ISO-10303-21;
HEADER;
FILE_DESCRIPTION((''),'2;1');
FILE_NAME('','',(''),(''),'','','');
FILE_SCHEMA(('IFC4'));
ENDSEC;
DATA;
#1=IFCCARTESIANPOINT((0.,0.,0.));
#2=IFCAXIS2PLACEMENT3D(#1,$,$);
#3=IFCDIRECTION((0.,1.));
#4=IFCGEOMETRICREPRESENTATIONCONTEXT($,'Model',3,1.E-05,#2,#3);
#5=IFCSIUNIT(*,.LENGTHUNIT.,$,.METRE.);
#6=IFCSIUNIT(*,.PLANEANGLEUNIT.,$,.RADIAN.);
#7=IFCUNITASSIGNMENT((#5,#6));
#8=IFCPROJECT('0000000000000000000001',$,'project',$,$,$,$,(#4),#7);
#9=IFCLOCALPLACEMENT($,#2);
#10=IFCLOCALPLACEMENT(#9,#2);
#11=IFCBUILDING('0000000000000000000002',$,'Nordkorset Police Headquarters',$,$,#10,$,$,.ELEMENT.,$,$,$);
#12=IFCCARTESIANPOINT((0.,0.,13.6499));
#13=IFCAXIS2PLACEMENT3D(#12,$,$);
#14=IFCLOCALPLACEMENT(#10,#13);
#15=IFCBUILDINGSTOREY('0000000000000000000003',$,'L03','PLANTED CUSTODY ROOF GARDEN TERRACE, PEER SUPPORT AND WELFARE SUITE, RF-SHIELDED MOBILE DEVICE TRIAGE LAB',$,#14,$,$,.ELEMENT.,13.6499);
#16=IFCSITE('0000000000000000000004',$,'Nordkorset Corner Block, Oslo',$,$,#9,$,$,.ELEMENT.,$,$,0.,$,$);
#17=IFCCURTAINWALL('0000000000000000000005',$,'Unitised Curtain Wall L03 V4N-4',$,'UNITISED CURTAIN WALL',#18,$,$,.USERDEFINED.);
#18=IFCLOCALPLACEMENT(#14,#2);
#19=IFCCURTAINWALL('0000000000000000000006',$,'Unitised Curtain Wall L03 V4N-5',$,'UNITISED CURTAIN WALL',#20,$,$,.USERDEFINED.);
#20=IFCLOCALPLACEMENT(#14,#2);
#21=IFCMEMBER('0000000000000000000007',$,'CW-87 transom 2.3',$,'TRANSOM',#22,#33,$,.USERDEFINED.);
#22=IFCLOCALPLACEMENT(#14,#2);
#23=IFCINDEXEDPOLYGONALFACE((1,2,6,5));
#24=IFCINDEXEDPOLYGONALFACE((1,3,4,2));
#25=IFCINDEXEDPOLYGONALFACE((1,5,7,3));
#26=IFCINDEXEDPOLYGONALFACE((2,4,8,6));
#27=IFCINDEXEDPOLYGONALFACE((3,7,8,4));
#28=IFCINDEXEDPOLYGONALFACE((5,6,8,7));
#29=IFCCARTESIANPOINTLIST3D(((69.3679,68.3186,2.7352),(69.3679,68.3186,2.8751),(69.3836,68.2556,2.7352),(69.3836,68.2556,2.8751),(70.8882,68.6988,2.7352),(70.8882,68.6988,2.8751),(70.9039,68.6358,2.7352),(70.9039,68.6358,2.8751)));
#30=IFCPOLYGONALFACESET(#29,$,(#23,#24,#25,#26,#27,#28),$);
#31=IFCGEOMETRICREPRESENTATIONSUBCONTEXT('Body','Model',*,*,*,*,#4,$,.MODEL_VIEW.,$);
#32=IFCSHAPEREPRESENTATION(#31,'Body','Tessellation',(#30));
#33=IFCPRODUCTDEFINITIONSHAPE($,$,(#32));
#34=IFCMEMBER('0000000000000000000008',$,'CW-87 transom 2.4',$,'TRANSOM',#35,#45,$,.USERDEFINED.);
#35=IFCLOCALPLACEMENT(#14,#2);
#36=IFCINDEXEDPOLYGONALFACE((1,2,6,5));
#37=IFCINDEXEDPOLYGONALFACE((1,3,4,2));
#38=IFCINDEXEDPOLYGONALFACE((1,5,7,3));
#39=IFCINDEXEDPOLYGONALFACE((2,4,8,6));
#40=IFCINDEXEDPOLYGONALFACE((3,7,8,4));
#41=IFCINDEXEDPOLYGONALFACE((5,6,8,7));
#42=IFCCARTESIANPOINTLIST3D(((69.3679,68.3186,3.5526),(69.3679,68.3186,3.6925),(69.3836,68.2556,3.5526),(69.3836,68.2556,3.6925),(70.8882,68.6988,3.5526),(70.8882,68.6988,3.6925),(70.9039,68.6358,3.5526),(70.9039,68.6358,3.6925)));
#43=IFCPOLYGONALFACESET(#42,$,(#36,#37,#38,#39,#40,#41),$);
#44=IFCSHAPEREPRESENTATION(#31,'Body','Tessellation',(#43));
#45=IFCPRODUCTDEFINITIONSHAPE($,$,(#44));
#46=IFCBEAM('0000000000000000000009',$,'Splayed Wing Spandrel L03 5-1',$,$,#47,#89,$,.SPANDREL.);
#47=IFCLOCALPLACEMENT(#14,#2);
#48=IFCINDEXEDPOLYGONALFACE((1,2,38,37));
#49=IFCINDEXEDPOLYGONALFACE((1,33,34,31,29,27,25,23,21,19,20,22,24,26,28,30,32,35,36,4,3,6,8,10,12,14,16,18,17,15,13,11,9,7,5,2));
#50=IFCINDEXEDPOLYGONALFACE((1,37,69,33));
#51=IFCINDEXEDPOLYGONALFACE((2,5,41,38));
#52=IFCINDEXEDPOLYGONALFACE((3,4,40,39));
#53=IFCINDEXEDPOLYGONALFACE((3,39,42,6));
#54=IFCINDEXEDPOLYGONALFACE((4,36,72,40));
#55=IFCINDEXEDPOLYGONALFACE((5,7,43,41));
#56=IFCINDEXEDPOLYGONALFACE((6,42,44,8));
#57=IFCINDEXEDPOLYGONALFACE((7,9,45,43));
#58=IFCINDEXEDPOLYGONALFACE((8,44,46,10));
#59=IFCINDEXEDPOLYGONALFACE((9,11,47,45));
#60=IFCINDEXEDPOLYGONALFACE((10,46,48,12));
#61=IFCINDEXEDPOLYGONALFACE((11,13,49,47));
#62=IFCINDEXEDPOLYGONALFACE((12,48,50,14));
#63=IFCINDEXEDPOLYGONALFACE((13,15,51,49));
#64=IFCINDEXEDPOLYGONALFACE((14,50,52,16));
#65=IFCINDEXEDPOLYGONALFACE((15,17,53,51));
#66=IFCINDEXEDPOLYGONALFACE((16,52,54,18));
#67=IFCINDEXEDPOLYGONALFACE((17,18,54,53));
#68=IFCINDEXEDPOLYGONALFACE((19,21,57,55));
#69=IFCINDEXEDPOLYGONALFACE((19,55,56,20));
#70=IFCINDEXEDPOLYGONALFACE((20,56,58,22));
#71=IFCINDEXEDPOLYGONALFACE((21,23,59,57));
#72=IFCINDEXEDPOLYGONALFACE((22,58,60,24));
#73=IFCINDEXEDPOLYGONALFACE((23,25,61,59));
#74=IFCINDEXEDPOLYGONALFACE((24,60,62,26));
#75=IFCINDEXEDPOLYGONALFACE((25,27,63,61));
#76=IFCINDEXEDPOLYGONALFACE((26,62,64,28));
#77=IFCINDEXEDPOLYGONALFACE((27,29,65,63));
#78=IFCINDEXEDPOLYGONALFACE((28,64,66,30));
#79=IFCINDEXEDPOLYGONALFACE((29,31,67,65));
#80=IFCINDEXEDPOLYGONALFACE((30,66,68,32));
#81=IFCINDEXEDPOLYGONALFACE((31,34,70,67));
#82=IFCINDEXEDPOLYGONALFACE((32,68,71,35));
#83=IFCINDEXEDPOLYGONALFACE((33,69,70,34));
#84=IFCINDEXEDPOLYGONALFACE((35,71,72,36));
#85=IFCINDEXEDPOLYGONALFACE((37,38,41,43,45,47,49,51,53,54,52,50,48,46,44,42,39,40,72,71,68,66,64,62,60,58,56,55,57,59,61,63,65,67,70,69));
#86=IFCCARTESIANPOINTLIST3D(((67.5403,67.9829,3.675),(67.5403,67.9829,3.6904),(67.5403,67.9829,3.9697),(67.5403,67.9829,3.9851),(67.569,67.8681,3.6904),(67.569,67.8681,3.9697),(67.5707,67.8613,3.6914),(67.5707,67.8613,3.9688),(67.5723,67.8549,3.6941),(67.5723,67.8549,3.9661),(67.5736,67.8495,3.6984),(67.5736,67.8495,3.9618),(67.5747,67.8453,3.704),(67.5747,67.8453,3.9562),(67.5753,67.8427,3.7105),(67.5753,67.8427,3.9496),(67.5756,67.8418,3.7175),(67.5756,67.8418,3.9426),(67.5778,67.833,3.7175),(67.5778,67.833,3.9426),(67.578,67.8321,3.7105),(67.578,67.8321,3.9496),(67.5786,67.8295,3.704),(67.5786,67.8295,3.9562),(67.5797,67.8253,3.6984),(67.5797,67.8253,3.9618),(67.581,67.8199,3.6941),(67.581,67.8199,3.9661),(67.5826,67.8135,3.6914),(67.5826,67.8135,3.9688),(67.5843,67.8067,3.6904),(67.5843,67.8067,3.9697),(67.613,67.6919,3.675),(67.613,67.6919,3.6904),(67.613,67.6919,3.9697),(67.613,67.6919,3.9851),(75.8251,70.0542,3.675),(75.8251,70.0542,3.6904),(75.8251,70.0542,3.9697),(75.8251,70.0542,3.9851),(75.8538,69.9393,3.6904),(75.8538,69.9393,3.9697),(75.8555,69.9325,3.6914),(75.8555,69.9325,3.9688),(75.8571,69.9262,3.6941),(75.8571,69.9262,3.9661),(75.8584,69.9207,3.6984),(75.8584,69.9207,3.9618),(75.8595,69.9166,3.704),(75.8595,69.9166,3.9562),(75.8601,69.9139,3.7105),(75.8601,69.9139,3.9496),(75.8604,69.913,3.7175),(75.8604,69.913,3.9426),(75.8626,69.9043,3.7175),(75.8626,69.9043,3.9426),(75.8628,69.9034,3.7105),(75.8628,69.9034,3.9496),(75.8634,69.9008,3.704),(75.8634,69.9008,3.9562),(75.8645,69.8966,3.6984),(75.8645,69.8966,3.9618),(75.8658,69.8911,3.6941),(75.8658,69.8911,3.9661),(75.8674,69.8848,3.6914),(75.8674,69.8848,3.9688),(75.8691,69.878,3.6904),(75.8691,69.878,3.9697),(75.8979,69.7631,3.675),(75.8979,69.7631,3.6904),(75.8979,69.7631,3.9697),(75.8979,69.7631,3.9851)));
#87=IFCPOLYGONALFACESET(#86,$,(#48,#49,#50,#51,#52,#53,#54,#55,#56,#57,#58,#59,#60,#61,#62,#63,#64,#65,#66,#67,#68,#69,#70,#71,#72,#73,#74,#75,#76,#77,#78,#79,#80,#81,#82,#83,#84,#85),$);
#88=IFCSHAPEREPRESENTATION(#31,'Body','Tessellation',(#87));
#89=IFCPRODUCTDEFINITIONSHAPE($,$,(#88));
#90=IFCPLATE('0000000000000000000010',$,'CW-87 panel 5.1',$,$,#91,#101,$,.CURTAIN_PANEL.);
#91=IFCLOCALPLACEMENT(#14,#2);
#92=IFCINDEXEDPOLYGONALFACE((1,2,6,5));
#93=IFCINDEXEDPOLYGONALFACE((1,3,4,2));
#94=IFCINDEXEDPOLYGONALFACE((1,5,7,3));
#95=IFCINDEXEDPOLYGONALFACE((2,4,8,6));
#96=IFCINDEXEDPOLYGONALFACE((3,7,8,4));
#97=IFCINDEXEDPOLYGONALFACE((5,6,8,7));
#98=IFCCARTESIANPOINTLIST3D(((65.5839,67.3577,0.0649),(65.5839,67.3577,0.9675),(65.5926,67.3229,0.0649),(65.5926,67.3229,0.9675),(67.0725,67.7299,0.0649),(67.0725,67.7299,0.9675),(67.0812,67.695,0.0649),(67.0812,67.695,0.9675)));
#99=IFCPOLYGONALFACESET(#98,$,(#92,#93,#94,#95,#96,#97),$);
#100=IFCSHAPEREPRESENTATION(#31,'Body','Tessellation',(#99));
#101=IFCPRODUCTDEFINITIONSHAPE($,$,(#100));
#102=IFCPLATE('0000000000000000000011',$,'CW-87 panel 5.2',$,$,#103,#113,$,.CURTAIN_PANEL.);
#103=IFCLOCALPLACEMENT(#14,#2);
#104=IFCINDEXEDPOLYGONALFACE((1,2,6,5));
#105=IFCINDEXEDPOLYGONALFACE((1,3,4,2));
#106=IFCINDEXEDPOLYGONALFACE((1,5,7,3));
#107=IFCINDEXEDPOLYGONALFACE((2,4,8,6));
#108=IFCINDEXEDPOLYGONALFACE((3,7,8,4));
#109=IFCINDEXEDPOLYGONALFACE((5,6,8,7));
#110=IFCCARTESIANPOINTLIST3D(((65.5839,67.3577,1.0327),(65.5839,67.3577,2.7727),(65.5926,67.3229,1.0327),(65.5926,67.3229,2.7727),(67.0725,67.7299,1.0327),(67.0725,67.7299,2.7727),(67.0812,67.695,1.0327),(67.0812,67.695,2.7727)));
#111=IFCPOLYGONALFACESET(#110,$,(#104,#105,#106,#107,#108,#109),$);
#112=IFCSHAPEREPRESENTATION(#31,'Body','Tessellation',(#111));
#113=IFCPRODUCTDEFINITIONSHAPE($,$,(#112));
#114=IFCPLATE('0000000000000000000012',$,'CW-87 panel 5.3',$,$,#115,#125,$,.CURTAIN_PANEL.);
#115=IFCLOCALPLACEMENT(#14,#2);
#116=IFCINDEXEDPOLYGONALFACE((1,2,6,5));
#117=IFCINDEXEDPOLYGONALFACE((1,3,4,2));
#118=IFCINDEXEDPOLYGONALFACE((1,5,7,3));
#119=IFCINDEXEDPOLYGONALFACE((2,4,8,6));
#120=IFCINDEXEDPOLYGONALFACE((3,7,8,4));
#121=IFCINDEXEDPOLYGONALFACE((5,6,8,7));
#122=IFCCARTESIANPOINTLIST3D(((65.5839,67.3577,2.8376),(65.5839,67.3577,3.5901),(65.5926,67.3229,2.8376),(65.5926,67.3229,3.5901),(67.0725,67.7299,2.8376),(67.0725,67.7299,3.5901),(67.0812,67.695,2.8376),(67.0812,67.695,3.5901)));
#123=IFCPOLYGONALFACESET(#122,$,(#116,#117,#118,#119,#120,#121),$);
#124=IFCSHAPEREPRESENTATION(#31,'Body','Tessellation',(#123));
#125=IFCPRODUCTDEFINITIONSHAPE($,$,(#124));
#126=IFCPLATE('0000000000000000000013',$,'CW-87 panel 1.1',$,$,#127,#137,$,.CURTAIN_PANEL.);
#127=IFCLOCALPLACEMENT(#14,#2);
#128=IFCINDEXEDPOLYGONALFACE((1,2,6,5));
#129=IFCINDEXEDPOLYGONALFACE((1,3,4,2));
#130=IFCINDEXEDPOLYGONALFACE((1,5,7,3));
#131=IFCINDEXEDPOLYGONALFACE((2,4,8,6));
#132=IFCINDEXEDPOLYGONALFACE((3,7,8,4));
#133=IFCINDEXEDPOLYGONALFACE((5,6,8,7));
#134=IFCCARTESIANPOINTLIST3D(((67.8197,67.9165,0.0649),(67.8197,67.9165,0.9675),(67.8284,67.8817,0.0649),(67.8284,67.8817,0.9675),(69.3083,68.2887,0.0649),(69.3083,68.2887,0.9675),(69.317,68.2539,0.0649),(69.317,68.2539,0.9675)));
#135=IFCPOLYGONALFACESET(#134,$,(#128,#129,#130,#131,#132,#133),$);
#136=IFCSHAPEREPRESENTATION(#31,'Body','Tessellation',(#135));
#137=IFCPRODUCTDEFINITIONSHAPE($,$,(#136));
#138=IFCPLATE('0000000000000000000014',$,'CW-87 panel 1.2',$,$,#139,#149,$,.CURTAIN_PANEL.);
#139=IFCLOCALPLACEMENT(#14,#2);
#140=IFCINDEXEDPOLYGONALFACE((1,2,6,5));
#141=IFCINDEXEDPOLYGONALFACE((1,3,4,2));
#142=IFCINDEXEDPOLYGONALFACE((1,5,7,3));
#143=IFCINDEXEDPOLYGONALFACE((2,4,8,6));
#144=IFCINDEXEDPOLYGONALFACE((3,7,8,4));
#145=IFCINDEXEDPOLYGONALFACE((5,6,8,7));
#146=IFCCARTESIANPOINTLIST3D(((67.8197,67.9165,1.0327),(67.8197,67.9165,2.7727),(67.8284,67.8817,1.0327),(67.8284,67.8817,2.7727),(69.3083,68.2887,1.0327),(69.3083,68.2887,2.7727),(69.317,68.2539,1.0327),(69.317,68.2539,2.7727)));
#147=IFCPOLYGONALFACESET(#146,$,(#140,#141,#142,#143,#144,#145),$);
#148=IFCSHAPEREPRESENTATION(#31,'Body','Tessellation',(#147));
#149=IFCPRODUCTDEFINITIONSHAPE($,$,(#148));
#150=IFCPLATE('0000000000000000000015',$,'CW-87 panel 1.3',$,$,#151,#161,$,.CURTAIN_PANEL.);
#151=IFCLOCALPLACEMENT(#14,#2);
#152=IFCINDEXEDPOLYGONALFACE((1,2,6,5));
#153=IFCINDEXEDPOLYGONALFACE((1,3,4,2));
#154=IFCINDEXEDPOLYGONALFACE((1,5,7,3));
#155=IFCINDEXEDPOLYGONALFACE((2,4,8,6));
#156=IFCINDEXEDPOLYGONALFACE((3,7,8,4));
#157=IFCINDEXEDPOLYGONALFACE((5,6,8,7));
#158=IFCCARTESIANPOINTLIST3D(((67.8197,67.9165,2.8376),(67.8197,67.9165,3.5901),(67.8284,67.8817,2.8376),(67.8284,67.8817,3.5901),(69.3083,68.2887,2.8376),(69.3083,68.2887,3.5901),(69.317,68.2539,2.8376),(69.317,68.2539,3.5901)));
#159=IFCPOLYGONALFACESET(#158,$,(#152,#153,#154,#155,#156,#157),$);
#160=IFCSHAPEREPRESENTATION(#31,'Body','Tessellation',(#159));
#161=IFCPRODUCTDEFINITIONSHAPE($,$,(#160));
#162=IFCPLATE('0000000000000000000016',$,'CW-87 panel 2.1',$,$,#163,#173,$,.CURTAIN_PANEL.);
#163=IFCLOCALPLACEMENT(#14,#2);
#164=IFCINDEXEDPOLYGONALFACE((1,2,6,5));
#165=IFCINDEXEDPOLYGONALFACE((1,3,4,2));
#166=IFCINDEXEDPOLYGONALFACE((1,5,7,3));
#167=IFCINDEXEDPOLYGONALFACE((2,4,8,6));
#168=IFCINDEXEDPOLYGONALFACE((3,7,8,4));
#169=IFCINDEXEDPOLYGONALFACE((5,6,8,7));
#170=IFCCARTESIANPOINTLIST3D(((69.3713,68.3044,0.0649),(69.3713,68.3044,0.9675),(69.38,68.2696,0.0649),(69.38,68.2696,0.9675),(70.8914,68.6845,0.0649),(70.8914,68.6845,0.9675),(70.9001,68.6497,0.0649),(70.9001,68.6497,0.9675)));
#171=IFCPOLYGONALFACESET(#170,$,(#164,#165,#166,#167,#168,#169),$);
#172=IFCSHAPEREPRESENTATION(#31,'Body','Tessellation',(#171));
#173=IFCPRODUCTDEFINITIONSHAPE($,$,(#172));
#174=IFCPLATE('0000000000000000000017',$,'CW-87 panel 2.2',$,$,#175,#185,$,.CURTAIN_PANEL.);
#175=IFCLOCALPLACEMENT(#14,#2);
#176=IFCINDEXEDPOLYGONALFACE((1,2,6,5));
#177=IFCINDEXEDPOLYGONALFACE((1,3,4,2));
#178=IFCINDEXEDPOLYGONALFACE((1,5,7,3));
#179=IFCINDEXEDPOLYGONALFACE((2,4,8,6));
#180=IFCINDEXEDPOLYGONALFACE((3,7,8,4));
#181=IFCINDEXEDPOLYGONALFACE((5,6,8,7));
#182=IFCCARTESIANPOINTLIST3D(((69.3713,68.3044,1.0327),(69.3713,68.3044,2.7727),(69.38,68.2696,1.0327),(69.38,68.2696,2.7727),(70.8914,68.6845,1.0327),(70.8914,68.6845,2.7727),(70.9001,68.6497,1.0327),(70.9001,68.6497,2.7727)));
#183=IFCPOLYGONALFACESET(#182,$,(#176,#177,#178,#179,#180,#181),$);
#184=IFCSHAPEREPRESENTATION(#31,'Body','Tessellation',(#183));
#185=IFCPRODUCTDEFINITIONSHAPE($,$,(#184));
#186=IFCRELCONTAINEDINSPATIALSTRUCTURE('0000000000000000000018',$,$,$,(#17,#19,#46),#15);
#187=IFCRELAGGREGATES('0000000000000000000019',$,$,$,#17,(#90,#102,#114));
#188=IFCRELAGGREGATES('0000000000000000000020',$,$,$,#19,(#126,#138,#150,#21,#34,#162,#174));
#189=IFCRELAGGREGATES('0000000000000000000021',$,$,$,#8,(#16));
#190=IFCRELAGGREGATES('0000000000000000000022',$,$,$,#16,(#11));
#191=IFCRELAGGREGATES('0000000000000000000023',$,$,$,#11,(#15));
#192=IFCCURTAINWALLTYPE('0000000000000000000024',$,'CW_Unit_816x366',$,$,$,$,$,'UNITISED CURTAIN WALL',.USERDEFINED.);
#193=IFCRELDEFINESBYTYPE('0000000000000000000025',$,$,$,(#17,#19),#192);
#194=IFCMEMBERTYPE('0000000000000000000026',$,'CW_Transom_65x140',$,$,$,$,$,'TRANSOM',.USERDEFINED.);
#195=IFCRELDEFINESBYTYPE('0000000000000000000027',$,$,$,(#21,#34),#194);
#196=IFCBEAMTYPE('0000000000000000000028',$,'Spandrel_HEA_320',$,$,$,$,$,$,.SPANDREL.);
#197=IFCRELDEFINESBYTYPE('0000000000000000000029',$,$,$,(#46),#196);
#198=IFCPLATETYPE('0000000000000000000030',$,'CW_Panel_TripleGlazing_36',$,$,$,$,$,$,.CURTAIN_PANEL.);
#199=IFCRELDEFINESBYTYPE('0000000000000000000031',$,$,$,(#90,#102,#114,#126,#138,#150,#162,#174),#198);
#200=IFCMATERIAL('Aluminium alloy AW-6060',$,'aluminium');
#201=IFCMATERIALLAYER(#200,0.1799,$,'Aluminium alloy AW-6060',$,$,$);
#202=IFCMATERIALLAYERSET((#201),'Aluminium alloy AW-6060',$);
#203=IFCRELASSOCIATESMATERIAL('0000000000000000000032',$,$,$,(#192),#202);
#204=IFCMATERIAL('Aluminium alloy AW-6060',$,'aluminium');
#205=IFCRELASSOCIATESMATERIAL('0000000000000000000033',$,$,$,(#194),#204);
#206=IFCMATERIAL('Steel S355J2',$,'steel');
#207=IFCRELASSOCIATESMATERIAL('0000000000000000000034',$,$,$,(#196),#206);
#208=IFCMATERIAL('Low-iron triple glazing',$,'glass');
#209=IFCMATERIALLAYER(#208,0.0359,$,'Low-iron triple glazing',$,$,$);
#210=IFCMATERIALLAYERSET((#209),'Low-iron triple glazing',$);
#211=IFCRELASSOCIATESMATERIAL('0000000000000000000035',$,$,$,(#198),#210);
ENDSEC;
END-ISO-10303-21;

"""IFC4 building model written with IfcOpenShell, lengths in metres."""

from ifc_helpers import new_model, si_unit, direction, frame, origin, origin_2d, place, context, subcontext, project, spatial, rectangle, i_section, extrude, material, layer, layer_set, material_profile, profile_set, type_object, element, aggregate, save


model = new_model("IFC4")

# Units and contexts
model_context = context("Model", 3, precision=1e-05, world=origin(), true_north=direction((0.0, 1.0)))
body_context = subcontext(model_context, "Body", "Model", "MODEL_VIEW")
ifc_project = project(units=[si_unit("LENGTHUNIT", "METRE"), si_unit("PLANEANGLEUNIT", "RADIAN")], contexts=[model_context])

# Site, building, storey
site_placement = place(None, origin())
site = spatial("IfcSite", under=ifc_project, at=site_placement, Name="Nordkorset Corner Block, Oslo", CompositionType="ELEMENT", RefElevation=0.0)
building_placement = place(site_placement, origin())
building = spatial("IfcBuilding", under=site, at=building_placement, Name="Nordkorset Police Headquarters", CompositionType="ELEMENT")
storey_placement = place(building_placement, frame((0.0, 0.0, 13.6499)))
storey = spatial("IfcBuildingStorey", under=building, at=storey_placement, Name="L03", Description="PLANTED CUSTODY ROOF GARDEN TERRACE, PEER SUPPORT AND WELFARE SUITE, RF-SHIELDED MOBILE DEVICE TRIAGE LAB", CompositionType="ELEMENT", Elevation=13.6499)

# Curtain wall
ifc_material_1 = material(Name="Aluminium alloy AW-6060", Category="aluminium")
ifc_layer_1 = layer(ifc_material_1, 0.1799, Name="Aluminium alloy AW-6060")
ifc_layer_set_1 = layer_set([ifc_layer_1], Name="Aluminium alloy AW-6060")
curtain_wall_type = type_object("IfcCurtainWallType", Name="CW_Unit_816x366", ElementType="UNITISED CURTAIN WALL", PredefinedType="USERDEFINED", material=ifc_layer_set_1)
curtain_wall_1_placement = place(storey_placement, origin())
curtain_wall_1 = element("IfcCurtainWall", 1, at=curtain_wall_1_placement, inside=storey, type_object=curtain_wall_type, Name="Unitised Curtain Wall L03 V4N-4", ObjectType="UNITISED CURTAIN WALL", PredefinedType="USERDEFINED")

# Curtain wall
curtain_wall_2_placement = place(storey_placement, origin())
curtain_wall_2 = element("IfcCurtainWall", 2, at=curtain_wall_2_placement, inside=storey, type_object=curtain_wall_type, Name="Unitised Curtain Wall L03 V4N-5", ObjectType="UNITISED CURTAIN WALL", PredefinedType="USERDEFINED")

# Members
ifc_material_2 = material(Name="Aluminium alloy AW-6060", Category="aluminium")
ifc_material_profile_1 = material_profile(ifc_material_2, rectangle(XDim=0.0649, YDim=0.1399, at=origin_2d()), Name="ALU TRAN 65x140")
ifc_profile_set_1 = profile_set([ifc_material_profile_1], Name="Aluminium alloy AW-6060")
member_type_1 = type_object("IfcMemberType", Name="CW_Transom_65x140", ElementType="TRANSOM", PredefinedType="USERDEFINED", material=ifc_profile_set_1)
member_1_placement = place(storey_placement, frame((69.3757, 68.2871, 2.8052), z_axis=(0.970133, 0.242572, 0.0), x_axis=(-0.242572, 0.970133, 0.0)))
member_1 = element("IfcMember", 3, at=member_1_placement, type_object=member_type_1, Name="CW-87 transom 2.3", ObjectType="TRANSOM", PredefinedType="USERDEFINED", context=body_context, shape_type="SweptSolid", body=[
    extrude(rectangle(XDim=0.0649, YDim=0.1399, at=origin_2d()), origin(), (0.0, 0.0, 1.0), 1.5671),
])
member_2_placement = place(storey_placement, frame((69.3757, 68.2871, 3.6226), z_axis=(0.970133, 0.242572, 0.0), x_axis=(-0.242572, 0.970133, 0.0)))
member_2 = element("IfcMember", 4, at=member_2_placement, type_object=member_type_1, Name="CW-87 transom 2.4", ObjectType="TRANSOM", PredefinedType="USERDEFINED", context=body_context, shape_type="SweptSolid", body=[
    extrude(rectangle(XDim=0.0649, YDim=0.1399, at=origin_2d()), origin(), (0.0, 0.0, 1.0), 1.5671),
])

# Beam
ifc_material_3 = material(Name="Steel S355J2", Category="steel")
ifc_material_profile_2 = material_profile(ifc_material_3, i_section(OverallWidth=0.3, OverallDepth=0.3101, WebThickness=0.009, FlangeThickness=0.0154, FilletRadius=0.0271, at=origin_2d()), Name="HEA 320")
ifc_profile_set_2 = profile_set([ifc_material_profile_2], Name="Steel S355J2")
beam_type = type_object("IfcBeamType", Name="Spandrel_HEA_320", PredefinedType="SPANDREL", material=ifc_profile_set_2)
beam_placement = place(storey_placement, frame((67.5767, 67.8374, 3.8301), z_axis=(0.970141, 0.242542, 0.0), x_axis=(-0.242542, 0.970141, 0.0)))
element("IfcBeam", 5, at=beam_placement, inside=storey, type_object=beam_type, Name="Splayed Wing Spandrel L03 5-1", PredefinedType="SPANDREL", context=body_context, shape_type="SweptSolid", body=[
    extrude(i_section(OverallWidth=0.3, OverallDepth=0.3101, WebThickness=0.009, FlangeThickness=0.0154, FilletRadius=0.0271, at=origin_2d()), origin(), (0.0, 0.0, 1.0), 8.5398),
])

# Plates
ifc_material_4 = material(Name="Low-iron triple glazing", Category="glass")
ifc_layer_2 = layer(ifc_material_4, 0.0359, Name="Low-iron triple glazing")
ifc_layer_set_2 = layer_set([ifc_layer_2], Name="Low-iron triple glazing")
plate_type = type_object("IfcPlateType", Name="CW_Panel_TripleGlazing_36", PredefinedType="CURTAIN_PANEL", material=ifc_layer_set_2)
plate_1_placement = place(storey_placement, frame((66.3325, 67.5264, 0.0649), z_axis=(0.0, 0.0, 1.0), x_axis=(0.970143, 0.242535, 0.0)))
plate_1 = element("IfcPlate", 6, at=plate_1_placement, type_object=plate_type, Name="CW-87 panel 5.1", PredefinedType="CURTAIN_PANEL", context=body_context, shape_type="SweptSolid", body=[
    extrude(rectangle(XDim=1.5344, YDim=0.0359, at=origin_2d()), origin(), (0.0, 0.0, 1.0), 0.9026),
])
plate_2_placement = place(storey_placement, frame((66.3325, 67.5264, 1.0327), z_axis=(0.0, 0.0, 1.0), x_axis=(0.970143, 0.242535, 0.0)))
plate_2 = element("IfcPlate", 7, at=plate_2_placement, type_object=plate_type, Name="CW-87 panel 5.2", PredefinedType="CURTAIN_PANEL", context=body_context, shape_type="SweptSolid", body=[
    extrude(rectangle(XDim=1.5344, YDim=0.0359, at=origin_2d()), origin(), (0.0, 0.0, 1.0), 1.74),
])
plate_3_placement = place(storey_placement, frame((66.3325, 67.5264, 2.8376), z_axis=(0.0, 0.0, 1.0), x_axis=(0.970143, 0.242535, 0.0)))
plate_3 = element("IfcPlate", 8, at=plate_3_placement, type_object=plate_type, Name="CW-87 panel 5.3", PredefinedType="CURTAIN_PANEL", context=body_context, shape_type="SweptSolid", body=[
    extrude(rectangle(XDim=1.5344, YDim=0.0359, at=origin_2d()), origin(), (0.0, 0.0, 1.0), 0.7524),
])
aggregate(curtain_wall_1, [plate_1, plate_2, plate_3])
plate_4_placement = place(storey_placement, frame((68.5684, 68.0852, 0.0649), z_axis=(0.0, 0.0, 1.0), x_axis=(0.970143, 0.242536, 0.0)))
plate_4 = element("IfcPlate", 9, at=plate_4_placement, type_object=plate_type, Name="CW-87 panel 1.1", PredefinedType="CURTAIN_PANEL", context=body_context, shape_type="SweptSolid", body=[
    extrude(rectangle(XDim=1.5344, YDim=0.0359, at=origin_2d()), origin(), (0.0, 0.0, 1.0), 0.9026),
])
plate_5_placement = place(storey_placement, frame((68.5684, 68.0852, 1.0327), z_axis=(0.0, 0.0, 1.0), x_axis=(0.970143, 0.242536, 0.0)))
plate_5 = element("IfcPlate", 10, at=plate_5_placement, type_object=plate_type, Name="CW-87 panel 1.2", PredefinedType="CURTAIN_PANEL", context=body_context, shape_type="SweptSolid", body=[
    extrude(rectangle(XDim=1.5344, YDim=0.0359, at=origin_2d()), origin(), (0.0, 0.0, 1.0), 1.74),
])
plate_6_placement = place(storey_placement, frame((68.5684, 68.0852, 2.8376), z_axis=(0.0, 0.0, 1.0), x_axis=(0.970143, 0.242536, 0.0)))
plate_6 = element("IfcPlate", 11, at=plate_6_placement, type_object=plate_type, Name="CW-87 panel 1.3", PredefinedType="CURTAIN_PANEL", context=body_context, shape_type="SweptSolid", body=[
    extrude(rectangle(XDim=1.5344, YDim=0.0359, at=origin_2d()), origin(), (0.0, 0.0, 1.0), 0.7524),
])
plate_7_placement = place(storey_placement, frame((70.1357, 68.4771, 0.0649), z_axis=(0.0, 0.0, 1.0), x_axis=(0.970143, 0.242536, 0.0)))
plate_7 = element("IfcPlate", 12, at=plate_7_placement, type_object=plate_type, Name="CW-87 panel 2.1", PredefinedType="CURTAIN_PANEL", context=body_context, shape_type="SweptSolid", body=[
    extrude(rectangle(XDim=1.5669, YDim=0.0359, at=origin_2d()), origin(), (0.0, 0.0, 1.0), 0.9026),
])
plate_8_placement = place(storey_placement, frame((70.1357, 68.4771, 1.0327), z_axis=(0.0, 0.0, 1.0), x_axis=(0.970143, 0.242536, 0.0)))
plate_8 = element("IfcPlate", 13, at=plate_8_placement, type_object=plate_type, Name="CW-87 panel 2.2", PredefinedType="CURTAIN_PANEL", context=body_context, shape_type="SweptSolid", body=[
    extrude(rectangle(XDim=1.5669, YDim=0.0359, at=origin_2d()), origin(), (0.0, 0.0, 1.0), 1.74),
])
aggregate(curtain_wall_2, [plate_4, plate_5, plate_6, member_1, member_2, plate_7, plate_8])

save(model, "model.ifc")
